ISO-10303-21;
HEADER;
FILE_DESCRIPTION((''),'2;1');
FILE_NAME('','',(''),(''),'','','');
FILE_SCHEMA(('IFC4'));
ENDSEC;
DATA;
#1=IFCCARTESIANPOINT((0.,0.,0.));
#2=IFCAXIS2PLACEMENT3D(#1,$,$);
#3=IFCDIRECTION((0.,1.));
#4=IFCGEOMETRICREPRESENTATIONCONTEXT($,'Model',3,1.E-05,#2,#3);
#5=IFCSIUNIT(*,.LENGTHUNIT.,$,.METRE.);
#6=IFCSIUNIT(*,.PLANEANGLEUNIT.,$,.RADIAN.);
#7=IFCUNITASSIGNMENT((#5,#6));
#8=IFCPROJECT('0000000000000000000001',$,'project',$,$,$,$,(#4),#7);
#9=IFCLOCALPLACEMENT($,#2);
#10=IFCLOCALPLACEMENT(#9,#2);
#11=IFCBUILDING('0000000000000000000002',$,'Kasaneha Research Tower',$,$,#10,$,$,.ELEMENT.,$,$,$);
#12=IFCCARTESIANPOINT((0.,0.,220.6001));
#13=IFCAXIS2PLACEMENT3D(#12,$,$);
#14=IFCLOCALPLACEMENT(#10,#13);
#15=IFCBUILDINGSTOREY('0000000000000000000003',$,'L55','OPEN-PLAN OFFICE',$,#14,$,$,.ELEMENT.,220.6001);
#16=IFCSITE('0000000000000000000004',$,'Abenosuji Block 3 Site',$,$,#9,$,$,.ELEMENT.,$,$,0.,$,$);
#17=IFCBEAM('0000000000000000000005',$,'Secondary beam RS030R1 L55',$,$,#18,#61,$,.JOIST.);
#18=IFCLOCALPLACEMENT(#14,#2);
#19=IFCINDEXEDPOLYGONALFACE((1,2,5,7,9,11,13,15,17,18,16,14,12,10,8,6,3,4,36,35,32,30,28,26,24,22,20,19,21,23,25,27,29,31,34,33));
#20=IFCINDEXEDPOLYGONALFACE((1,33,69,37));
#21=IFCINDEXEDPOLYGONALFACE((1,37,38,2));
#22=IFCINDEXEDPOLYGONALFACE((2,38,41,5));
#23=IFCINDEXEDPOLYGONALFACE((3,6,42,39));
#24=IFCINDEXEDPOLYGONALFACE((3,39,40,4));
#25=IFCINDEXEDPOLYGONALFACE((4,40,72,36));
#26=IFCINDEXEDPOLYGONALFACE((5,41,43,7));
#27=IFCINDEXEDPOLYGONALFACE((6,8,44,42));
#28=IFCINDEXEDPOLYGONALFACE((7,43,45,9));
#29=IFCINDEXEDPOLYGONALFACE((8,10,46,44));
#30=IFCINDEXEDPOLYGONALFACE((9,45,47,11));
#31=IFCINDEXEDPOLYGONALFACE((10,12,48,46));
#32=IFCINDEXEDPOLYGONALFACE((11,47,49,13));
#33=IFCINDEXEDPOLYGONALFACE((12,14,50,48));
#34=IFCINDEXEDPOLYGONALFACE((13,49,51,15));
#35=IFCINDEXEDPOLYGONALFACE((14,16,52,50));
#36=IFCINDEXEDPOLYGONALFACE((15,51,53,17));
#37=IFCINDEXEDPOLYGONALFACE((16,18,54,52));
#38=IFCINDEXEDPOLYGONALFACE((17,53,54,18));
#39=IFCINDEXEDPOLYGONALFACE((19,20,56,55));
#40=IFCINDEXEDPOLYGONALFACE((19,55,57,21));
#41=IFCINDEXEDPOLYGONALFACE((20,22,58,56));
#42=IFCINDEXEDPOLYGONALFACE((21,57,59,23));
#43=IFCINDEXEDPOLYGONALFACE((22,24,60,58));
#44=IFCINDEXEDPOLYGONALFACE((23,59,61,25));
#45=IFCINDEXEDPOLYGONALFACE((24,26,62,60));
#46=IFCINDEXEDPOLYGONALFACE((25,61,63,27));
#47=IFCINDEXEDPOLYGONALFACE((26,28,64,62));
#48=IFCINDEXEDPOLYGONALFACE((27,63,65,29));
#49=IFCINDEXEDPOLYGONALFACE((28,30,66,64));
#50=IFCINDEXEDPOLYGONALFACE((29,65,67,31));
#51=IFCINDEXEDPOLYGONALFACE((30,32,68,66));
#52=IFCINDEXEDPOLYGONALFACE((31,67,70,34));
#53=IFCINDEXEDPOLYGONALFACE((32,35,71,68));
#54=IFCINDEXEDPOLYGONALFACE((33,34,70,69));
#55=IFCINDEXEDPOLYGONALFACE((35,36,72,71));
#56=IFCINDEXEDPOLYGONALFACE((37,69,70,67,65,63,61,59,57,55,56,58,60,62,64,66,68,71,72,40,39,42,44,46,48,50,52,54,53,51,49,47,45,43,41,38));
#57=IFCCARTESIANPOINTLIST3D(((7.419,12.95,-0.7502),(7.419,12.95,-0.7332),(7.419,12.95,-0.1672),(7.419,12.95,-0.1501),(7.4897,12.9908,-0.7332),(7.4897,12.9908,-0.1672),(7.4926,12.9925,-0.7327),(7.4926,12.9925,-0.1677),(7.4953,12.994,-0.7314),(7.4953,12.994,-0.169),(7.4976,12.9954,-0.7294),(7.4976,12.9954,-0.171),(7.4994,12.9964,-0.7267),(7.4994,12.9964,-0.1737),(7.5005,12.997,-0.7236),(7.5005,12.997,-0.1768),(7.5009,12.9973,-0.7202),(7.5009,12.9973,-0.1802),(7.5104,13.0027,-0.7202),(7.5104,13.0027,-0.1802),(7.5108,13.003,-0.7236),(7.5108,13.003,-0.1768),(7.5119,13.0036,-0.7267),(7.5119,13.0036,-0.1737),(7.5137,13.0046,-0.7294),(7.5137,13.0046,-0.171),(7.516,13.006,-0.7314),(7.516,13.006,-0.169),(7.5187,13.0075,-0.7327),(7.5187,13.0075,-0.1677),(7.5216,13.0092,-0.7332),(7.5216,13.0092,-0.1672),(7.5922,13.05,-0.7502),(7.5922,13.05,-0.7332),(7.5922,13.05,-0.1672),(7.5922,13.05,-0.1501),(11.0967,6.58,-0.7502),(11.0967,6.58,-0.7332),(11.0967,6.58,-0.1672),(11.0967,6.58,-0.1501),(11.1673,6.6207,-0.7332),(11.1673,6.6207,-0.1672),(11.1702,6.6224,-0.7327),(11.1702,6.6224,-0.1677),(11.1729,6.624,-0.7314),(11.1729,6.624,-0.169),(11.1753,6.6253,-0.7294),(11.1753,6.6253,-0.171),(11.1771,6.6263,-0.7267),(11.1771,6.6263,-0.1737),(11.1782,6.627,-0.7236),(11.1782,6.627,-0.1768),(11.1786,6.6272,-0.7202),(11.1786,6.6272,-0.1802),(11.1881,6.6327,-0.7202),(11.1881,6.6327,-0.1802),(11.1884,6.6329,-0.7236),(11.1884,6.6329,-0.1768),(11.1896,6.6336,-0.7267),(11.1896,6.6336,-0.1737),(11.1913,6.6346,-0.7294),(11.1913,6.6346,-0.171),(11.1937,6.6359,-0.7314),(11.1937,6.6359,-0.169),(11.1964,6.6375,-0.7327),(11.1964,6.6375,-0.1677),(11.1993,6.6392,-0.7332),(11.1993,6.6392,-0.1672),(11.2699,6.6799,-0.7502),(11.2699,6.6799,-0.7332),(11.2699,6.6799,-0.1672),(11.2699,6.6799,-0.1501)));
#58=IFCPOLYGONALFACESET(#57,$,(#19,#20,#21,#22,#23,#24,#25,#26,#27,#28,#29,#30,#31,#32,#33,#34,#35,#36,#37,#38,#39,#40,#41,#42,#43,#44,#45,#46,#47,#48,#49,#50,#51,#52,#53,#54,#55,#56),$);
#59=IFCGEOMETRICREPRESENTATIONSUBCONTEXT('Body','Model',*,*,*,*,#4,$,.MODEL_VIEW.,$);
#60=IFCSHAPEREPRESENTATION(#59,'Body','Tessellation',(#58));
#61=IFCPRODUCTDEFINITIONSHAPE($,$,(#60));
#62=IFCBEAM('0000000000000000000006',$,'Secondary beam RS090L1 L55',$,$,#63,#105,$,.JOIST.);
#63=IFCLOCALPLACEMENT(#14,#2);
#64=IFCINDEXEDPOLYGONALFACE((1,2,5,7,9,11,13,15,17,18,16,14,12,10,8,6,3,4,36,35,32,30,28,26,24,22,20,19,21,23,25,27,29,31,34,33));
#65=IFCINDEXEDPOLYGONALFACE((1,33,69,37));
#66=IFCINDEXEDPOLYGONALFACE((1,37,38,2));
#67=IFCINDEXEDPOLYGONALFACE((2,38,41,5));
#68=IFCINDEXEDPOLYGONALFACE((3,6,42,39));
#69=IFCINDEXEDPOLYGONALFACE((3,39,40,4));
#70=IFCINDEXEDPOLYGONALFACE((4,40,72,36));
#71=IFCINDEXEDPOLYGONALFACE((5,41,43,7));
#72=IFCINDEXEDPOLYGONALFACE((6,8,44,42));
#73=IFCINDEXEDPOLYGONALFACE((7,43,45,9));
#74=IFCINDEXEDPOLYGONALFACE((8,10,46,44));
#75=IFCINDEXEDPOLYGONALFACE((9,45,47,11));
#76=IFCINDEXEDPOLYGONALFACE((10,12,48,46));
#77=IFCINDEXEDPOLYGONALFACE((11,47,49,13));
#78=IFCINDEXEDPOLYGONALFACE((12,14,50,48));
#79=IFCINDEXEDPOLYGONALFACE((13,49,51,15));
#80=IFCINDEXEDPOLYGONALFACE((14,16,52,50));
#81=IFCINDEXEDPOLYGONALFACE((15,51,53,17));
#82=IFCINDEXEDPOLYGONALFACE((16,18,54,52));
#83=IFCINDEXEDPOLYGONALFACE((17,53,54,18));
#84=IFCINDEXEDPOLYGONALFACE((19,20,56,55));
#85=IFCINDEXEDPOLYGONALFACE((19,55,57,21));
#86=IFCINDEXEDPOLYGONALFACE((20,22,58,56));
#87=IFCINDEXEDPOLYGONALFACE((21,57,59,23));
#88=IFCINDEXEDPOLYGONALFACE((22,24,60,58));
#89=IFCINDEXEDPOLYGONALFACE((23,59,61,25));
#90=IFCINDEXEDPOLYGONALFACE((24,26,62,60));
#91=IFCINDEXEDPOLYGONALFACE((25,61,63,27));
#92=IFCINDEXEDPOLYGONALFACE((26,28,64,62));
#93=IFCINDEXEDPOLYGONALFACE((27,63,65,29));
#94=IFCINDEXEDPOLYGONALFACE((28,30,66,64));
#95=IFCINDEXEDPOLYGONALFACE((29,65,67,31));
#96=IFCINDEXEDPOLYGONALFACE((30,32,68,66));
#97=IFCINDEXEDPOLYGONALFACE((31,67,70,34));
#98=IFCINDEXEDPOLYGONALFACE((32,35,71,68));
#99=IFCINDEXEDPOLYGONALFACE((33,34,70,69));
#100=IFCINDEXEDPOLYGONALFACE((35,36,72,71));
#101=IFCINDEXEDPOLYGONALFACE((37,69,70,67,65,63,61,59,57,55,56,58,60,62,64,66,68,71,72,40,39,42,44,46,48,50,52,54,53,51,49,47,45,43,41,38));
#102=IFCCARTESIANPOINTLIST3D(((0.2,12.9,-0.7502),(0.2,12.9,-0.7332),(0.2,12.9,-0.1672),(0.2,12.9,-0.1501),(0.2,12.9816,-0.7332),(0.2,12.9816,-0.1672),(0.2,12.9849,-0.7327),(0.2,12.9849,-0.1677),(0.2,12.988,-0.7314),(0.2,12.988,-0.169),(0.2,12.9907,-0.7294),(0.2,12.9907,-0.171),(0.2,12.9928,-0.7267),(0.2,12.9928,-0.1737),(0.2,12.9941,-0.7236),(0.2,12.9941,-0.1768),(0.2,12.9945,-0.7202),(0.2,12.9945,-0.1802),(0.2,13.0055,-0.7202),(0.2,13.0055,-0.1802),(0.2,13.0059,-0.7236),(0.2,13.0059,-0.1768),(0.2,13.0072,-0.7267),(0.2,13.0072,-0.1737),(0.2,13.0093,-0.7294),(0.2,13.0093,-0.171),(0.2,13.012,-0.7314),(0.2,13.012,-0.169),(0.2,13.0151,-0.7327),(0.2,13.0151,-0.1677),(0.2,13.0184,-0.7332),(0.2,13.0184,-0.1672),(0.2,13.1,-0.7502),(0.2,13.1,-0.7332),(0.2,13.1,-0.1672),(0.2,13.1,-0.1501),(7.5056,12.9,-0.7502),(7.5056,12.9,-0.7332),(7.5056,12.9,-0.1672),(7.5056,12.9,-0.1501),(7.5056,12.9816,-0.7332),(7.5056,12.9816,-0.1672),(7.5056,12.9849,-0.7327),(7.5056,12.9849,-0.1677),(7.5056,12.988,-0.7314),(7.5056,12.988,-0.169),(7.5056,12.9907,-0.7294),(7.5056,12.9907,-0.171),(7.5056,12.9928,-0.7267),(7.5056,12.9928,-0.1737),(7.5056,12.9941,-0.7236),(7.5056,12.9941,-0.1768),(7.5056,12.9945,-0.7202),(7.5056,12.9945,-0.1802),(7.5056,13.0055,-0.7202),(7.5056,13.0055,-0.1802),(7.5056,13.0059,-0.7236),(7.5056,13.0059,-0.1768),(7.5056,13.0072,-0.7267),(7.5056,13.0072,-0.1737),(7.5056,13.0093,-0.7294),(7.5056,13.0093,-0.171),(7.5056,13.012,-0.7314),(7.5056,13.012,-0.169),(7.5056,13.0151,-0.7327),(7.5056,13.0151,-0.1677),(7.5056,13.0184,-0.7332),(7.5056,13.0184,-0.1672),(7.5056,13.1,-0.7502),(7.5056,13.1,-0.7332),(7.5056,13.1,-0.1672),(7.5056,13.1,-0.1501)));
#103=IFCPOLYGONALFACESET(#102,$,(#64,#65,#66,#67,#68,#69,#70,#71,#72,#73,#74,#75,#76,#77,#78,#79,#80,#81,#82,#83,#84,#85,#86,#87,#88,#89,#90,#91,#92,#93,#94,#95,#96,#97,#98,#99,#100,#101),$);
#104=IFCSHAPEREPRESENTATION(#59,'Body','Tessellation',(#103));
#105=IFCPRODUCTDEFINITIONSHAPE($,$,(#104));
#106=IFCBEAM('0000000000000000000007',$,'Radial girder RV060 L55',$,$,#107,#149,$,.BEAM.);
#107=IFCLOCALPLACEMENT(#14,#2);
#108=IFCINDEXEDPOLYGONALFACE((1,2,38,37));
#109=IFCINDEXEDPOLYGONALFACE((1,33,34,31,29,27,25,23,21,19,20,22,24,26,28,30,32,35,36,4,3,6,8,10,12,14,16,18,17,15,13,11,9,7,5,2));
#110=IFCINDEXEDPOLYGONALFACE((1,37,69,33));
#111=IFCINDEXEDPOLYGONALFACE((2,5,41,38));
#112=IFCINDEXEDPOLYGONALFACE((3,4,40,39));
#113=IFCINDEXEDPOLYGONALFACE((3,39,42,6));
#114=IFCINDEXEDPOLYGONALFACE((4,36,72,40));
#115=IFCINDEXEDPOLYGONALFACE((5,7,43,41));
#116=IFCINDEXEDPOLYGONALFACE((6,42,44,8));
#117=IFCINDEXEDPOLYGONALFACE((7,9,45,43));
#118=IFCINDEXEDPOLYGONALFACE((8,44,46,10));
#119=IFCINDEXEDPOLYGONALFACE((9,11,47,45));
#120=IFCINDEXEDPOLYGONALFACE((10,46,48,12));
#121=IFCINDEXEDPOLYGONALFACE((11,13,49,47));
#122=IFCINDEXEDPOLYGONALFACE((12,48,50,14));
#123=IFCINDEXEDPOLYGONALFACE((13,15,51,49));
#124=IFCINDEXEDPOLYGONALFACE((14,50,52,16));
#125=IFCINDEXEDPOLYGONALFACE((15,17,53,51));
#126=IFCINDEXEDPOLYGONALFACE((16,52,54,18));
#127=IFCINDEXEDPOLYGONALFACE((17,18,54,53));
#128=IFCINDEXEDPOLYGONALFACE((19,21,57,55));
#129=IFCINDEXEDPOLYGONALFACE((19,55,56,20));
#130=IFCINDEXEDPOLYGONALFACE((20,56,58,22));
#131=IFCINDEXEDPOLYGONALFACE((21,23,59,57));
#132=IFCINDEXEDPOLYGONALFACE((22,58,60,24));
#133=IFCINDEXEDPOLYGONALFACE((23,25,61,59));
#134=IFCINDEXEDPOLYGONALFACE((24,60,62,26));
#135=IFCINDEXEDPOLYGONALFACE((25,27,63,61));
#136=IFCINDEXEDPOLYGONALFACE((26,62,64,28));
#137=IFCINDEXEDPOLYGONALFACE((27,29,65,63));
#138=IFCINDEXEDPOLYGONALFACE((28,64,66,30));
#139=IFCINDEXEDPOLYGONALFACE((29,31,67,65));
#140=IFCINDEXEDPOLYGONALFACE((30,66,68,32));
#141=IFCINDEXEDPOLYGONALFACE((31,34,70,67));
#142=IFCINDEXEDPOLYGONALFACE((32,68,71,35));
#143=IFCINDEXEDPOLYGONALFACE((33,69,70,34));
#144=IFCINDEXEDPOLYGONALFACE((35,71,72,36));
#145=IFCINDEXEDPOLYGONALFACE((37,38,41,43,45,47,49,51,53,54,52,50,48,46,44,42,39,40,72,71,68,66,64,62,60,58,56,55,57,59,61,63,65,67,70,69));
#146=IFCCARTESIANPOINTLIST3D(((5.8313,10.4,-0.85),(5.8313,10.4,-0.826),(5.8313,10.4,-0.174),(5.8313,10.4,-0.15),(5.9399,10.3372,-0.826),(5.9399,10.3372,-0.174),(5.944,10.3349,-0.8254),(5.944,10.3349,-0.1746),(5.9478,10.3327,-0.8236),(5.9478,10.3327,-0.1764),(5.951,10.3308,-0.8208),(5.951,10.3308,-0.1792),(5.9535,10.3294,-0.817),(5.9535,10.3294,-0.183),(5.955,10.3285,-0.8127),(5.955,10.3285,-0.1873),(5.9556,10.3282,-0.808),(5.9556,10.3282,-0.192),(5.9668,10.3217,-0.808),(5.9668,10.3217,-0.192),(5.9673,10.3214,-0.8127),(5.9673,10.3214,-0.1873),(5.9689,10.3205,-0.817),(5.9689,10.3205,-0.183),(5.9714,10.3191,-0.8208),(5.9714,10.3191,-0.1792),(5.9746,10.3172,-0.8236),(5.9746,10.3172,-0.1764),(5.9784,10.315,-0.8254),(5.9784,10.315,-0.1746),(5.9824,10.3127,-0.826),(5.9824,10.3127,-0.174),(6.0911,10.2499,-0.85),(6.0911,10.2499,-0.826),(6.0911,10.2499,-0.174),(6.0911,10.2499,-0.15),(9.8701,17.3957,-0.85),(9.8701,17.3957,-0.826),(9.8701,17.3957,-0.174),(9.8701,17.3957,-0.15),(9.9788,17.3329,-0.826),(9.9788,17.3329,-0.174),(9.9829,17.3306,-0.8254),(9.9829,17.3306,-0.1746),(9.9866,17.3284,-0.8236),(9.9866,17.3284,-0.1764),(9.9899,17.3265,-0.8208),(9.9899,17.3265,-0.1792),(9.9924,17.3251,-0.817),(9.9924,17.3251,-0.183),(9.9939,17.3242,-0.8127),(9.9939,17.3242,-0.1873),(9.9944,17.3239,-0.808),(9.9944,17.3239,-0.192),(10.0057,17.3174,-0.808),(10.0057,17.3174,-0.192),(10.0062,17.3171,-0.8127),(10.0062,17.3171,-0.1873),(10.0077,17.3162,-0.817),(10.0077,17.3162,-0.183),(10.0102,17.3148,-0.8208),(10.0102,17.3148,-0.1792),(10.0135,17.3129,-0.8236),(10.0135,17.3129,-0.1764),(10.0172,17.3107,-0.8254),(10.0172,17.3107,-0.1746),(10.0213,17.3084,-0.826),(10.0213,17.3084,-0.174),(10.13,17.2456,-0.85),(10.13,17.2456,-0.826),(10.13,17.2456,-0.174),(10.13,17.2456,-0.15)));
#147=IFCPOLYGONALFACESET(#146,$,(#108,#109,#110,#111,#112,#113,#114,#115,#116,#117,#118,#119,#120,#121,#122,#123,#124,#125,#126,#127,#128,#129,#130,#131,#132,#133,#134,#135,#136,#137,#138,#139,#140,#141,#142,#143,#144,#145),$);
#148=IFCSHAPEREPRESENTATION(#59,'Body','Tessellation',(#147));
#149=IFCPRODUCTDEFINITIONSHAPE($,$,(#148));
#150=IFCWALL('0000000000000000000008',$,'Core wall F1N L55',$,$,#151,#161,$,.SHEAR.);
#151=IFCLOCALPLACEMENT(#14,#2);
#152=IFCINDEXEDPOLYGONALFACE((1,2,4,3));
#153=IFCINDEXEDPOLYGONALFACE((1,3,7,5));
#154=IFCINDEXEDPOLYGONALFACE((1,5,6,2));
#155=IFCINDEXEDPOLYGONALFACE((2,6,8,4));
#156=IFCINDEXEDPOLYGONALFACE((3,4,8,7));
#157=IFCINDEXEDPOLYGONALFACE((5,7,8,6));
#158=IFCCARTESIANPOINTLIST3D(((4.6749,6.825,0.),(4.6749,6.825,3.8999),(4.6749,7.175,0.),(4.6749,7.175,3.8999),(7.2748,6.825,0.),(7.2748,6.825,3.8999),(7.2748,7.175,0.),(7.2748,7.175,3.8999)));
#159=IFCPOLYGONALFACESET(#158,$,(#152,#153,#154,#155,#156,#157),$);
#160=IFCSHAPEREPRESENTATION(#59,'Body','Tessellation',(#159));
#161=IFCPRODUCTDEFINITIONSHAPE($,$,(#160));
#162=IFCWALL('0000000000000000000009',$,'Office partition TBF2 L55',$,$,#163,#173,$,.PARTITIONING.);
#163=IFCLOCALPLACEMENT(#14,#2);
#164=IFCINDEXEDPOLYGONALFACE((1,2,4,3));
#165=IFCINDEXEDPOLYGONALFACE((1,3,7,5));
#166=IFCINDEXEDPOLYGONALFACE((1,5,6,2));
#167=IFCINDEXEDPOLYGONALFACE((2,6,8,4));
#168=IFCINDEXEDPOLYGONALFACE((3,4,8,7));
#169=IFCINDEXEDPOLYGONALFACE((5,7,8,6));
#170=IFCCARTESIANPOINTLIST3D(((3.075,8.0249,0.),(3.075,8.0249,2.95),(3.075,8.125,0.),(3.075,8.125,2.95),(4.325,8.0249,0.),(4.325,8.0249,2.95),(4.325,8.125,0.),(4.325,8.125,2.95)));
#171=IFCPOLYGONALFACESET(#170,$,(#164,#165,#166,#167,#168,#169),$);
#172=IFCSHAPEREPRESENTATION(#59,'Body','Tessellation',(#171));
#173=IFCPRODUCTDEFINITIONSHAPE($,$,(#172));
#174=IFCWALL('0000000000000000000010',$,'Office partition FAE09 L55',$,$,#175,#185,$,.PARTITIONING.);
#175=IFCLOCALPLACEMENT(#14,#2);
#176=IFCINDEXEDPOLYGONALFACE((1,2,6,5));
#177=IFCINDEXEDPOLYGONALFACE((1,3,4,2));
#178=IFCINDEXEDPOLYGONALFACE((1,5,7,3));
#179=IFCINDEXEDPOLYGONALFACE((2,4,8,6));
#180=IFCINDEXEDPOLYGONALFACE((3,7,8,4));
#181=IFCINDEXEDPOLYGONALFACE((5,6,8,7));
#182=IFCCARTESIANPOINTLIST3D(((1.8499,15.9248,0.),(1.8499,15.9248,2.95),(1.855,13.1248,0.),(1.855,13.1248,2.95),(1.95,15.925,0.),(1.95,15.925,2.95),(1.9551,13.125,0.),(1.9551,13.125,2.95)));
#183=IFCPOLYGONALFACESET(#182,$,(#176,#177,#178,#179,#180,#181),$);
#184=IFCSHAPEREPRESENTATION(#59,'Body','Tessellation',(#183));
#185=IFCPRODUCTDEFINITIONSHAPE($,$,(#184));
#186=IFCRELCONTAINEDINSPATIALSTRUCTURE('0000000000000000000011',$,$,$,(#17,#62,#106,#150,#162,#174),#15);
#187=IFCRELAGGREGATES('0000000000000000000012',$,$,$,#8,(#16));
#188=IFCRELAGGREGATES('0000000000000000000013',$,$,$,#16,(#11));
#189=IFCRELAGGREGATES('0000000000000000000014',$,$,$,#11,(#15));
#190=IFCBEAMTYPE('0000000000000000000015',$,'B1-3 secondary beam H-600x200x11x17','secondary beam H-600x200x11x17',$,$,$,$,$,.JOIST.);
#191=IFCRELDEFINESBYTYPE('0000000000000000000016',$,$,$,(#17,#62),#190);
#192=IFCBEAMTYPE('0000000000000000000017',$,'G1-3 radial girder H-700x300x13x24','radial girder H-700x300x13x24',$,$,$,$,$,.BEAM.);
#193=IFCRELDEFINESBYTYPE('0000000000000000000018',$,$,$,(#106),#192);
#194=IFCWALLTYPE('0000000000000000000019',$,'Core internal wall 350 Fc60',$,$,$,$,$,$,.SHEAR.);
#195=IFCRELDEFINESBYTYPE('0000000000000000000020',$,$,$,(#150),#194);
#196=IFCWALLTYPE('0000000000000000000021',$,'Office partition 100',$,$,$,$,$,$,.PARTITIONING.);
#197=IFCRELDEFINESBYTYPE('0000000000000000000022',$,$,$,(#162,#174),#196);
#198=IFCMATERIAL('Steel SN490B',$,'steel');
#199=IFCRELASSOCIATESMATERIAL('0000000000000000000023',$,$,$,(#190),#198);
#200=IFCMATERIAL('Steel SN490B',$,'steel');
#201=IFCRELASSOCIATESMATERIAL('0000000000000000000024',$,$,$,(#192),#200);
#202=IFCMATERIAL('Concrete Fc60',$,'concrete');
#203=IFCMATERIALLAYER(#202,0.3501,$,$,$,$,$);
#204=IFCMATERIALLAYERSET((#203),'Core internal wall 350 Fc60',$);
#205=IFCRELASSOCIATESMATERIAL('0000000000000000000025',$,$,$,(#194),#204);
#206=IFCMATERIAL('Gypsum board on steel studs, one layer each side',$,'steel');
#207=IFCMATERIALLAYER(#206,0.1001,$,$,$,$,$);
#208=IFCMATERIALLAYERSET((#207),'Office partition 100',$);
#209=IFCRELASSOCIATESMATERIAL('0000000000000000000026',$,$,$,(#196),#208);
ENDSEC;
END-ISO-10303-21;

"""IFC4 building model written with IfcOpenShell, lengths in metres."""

from ifc_helpers import new_model, si_unit, direction, frame, frame_2d, origin, origin_2d, place, context, subcontext, project, spatial, rectangle, i_section, extrude, material, layer, layer_set, material_profile, profile_set, type_object, element, save


model = new_model("IFC4")

# Units and contexts
model_context = context("Model", 3, precision=1e-05, world=origin(), true_north=direction((0.0, 1.0)))
body_context = subcontext(model_context, "Body", "Model", "MODEL_VIEW")
ifc_project = project(units=[si_unit("LENGTHUNIT", "METRE"), si_unit("PLANEANGLEUNIT", "RADIAN")], contexts=[model_context])

# Site, building, storey
site_placement = place(None, origin())
site = spatial("IfcSite", under=ifc_project, at=site_placement, Name="Abenosuji Block 3 Site", CompositionType="ELEMENT", RefElevation=0.0)
building_placement = place(site_placement, origin())
building = spatial("IfcBuilding", under=site, at=building_placement, Name="Kasaneha Research Tower", CompositionType="ELEMENT")
storey_placement = place(building_placement, frame((0.0, 0.0, 220.6001)))
storey = spatial("IfcBuildingStorey", under=building, at=storey_placement, Name="L55", Description="OPEN-PLAN OFFICE", CompositionType="ELEMENT", Elevation=220.6001)

# Beams
ifc_material_1 = material(Name="Steel SN490B", Category="steel")
ifc_material_profile_1 = material_profile(ifc_material_1, i_section(OverallWidth=0.2, OverallDepth=0.6001, WebThickness=0.011, FlangeThickness=0.0171, FilletRadius=0.0129, at=origin_2d()), Name="H-600x200x11x17")
ifc_profile_set_1 = profile_set([ifc_material_profile_1], Name="Steel SN490B")
beam_type_1 = type_object("IfcBeamType", Name="B1-3 secondary beam H-600x200x11x17", Description="secondary beam H-600x200x11x17", PredefinedType="JOIST", material=ifc_profile_set_1)
beam_1_placement = place(storey_placement, frame((7.5056, 13.0, -0.4502), z_axis=(0.499994, -0.866029, 0.0), x_axis=(0.866029, 0.499994, 0.0)))
element("IfcBeam", 1, at=beam_1_placement, inside=storey, type_object=beam_type_1, Name="Secondary beam RS030R1 L55", PredefinedType="JOIST", context=body_context, shape_type="SweptSolid", body=[
    extrude(i_section(OverallWidth=0.2, OverallDepth=0.6001, WebThickness=0.011, FlangeThickness=0.0171, FilletRadius=0.0129, at=origin_2d()), origin(), (0.0, 0.0, 1.0), 7.3555),
])
beam_2_placement = place(storey_placement, frame((7.5056, 13.0, -0.4502), z_axis=(-1.0, 0.0, 0.0), x_axis=(0.0, -1.0, 0.0)))
element("IfcBeam", 2, at=beam_2_placement, inside=storey, type_object=beam_type_1, Name="Secondary beam RS090L1 L55", PredefinedType="JOIST", context=body_context, shape_type="SweptSolid", body=[
    extrude(i_section(OverallWidth=0.2, OverallDepth=0.6001, WebThickness=0.011, FlangeThickness=0.0171, FilletRadius=0.0129, at=origin_2d()), origin(), (0.0, 0.0, 1.0), 7.3057),
])
ifc_material_2 = material(Name="Steel SN490B", Category="steel")
ifc_material_profile_2 = material_profile(ifc_material_2, i_section(OverallWidth=0.3, OverallDepth=0.7, WebThickness=0.0129, FlangeThickness=0.0239, FilletRadius=0.0181, at=origin_2d()), Name="H-700x300x13x24")
ifc_profile_set_2 = profile_set([ifc_material_profile_2], Name="Steel SN490B")
beam_type_2 = type_object("IfcBeamType", Name="G1-3 radial girder H-700x300x13x24", Description="radial girder H-700x300x13x24", PredefinedType="BEAM", material=ifc_profile_set_2)
beam_3_placement = place(storey_placement, frame((5.9612, 10.325, -0.5), z_axis=(0.499991, 0.866031, 0.0), x_axis=(-0.866031, 0.499991, 0.0)))
element("IfcBeam", 3, at=beam_3_placement, inside=storey, type_object=beam_type_2, Name="Radial girder RV060 L55", PredefinedType="BEAM", context=body_context, shape_type="SweptSolid", body=[
    extrude(i_section(OverallWidth=0.3, OverallDepth=0.7, WebThickness=0.0129, FlangeThickness=0.0239, FilletRadius=0.0181, at=origin_2d()), origin(), (0.0, 0.0, 1.0), 8.0779),
])

# Wall
ifc_material_3 = material(Name="Concrete Fc60", Category="concrete")
ifc_layer_1 = layer(ifc_material_3, 0.3501)
ifc_layer_set_1 = layer_set([ifc_layer_1], Name="Core internal wall 350 Fc60")
wall_type_1 = type_object("IfcWallType", Name="Core internal wall 350 Fc60", PredefinedType="SHEAR", material=ifc_layer_set_1)
wall_1_placement = place(storey_placement, frame((4.675, 7.0, 0.0), z_axis=(0.0, 0.0, 1.0), x_axis=(1.0, 0.0, 0.0)))
element("IfcWall", 4, at=wall_1_placement, inside=storey, type_object=wall_type_1, Name="Core wall F1N L55", PredefinedType="SHEAR", context=body_context, shape_type="SweptSolid", body=[
    extrude(rectangle(XDim=2.5999, YDim=0.3501, at=frame_2d((1.2998, 0.0))), origin(), (0.0, 0.0, 1.0), 3.8999),
])

# Walls
ifc_material_4 = material(Name="Gypsum board on steel studs, one layer each side", Category="steel")
ifc_layer_2 = layer(ifc_material_4, 0.1001)
ifc_layer_set_2 = layer_set([ifc_layer_2], Name="Office partition 100")
wall_type_2 = type_object("IfcWallType", Name="Office partition 100", PredefinedType="PARTITIONING", material=ifc_layer_set_2)
wall_2_placement = place(storey_placement, frame((3.075, 8.075, 0.0), z_axis=(0.0, 0.0, 1.0), x_axis=(1.0, 0.0, 0.0)))
element("IfcWall", 5, at=wall_2_placement, inside=storey, type_object=wall_type_2, Name="Office partition TBF2 L55", PredefinedType="PARTITIONING", context=body_context, shape_type="SweptSolid", body=[
    extrude(rectangle(XDim=1.25, YDim=0.1001, at=frame_2d((0.625, 0.0))), origin(), (0.0, 0.0, 1.0), 2.95),
])
for number, where, z_axis, x_axis, name in (
    (6, (1.905, 13.125, 0.0), (0.0, 0.0, 1.0), (-0.001831, 0.999998, 0.0), "Office partition FAE09 L55"),
):
    element("IfcWall", number, at=place(storey_placement, frame(where, z_axis=z_axis, x_axis=x_axis)), inside=storey, type_object=wall_type_2, Name=name, PredefinedType="PARTITIONING", context=body_context, shape_type="SweptSolid", body=[
        extrude(rectangle(XDim=2.8, YDim=0.1001, at=frame_2d((1.3999, 0.0))), origin(), (0.0, 0.0, 1.0), 2.95),
    ])

save(model, "model.ifc")
